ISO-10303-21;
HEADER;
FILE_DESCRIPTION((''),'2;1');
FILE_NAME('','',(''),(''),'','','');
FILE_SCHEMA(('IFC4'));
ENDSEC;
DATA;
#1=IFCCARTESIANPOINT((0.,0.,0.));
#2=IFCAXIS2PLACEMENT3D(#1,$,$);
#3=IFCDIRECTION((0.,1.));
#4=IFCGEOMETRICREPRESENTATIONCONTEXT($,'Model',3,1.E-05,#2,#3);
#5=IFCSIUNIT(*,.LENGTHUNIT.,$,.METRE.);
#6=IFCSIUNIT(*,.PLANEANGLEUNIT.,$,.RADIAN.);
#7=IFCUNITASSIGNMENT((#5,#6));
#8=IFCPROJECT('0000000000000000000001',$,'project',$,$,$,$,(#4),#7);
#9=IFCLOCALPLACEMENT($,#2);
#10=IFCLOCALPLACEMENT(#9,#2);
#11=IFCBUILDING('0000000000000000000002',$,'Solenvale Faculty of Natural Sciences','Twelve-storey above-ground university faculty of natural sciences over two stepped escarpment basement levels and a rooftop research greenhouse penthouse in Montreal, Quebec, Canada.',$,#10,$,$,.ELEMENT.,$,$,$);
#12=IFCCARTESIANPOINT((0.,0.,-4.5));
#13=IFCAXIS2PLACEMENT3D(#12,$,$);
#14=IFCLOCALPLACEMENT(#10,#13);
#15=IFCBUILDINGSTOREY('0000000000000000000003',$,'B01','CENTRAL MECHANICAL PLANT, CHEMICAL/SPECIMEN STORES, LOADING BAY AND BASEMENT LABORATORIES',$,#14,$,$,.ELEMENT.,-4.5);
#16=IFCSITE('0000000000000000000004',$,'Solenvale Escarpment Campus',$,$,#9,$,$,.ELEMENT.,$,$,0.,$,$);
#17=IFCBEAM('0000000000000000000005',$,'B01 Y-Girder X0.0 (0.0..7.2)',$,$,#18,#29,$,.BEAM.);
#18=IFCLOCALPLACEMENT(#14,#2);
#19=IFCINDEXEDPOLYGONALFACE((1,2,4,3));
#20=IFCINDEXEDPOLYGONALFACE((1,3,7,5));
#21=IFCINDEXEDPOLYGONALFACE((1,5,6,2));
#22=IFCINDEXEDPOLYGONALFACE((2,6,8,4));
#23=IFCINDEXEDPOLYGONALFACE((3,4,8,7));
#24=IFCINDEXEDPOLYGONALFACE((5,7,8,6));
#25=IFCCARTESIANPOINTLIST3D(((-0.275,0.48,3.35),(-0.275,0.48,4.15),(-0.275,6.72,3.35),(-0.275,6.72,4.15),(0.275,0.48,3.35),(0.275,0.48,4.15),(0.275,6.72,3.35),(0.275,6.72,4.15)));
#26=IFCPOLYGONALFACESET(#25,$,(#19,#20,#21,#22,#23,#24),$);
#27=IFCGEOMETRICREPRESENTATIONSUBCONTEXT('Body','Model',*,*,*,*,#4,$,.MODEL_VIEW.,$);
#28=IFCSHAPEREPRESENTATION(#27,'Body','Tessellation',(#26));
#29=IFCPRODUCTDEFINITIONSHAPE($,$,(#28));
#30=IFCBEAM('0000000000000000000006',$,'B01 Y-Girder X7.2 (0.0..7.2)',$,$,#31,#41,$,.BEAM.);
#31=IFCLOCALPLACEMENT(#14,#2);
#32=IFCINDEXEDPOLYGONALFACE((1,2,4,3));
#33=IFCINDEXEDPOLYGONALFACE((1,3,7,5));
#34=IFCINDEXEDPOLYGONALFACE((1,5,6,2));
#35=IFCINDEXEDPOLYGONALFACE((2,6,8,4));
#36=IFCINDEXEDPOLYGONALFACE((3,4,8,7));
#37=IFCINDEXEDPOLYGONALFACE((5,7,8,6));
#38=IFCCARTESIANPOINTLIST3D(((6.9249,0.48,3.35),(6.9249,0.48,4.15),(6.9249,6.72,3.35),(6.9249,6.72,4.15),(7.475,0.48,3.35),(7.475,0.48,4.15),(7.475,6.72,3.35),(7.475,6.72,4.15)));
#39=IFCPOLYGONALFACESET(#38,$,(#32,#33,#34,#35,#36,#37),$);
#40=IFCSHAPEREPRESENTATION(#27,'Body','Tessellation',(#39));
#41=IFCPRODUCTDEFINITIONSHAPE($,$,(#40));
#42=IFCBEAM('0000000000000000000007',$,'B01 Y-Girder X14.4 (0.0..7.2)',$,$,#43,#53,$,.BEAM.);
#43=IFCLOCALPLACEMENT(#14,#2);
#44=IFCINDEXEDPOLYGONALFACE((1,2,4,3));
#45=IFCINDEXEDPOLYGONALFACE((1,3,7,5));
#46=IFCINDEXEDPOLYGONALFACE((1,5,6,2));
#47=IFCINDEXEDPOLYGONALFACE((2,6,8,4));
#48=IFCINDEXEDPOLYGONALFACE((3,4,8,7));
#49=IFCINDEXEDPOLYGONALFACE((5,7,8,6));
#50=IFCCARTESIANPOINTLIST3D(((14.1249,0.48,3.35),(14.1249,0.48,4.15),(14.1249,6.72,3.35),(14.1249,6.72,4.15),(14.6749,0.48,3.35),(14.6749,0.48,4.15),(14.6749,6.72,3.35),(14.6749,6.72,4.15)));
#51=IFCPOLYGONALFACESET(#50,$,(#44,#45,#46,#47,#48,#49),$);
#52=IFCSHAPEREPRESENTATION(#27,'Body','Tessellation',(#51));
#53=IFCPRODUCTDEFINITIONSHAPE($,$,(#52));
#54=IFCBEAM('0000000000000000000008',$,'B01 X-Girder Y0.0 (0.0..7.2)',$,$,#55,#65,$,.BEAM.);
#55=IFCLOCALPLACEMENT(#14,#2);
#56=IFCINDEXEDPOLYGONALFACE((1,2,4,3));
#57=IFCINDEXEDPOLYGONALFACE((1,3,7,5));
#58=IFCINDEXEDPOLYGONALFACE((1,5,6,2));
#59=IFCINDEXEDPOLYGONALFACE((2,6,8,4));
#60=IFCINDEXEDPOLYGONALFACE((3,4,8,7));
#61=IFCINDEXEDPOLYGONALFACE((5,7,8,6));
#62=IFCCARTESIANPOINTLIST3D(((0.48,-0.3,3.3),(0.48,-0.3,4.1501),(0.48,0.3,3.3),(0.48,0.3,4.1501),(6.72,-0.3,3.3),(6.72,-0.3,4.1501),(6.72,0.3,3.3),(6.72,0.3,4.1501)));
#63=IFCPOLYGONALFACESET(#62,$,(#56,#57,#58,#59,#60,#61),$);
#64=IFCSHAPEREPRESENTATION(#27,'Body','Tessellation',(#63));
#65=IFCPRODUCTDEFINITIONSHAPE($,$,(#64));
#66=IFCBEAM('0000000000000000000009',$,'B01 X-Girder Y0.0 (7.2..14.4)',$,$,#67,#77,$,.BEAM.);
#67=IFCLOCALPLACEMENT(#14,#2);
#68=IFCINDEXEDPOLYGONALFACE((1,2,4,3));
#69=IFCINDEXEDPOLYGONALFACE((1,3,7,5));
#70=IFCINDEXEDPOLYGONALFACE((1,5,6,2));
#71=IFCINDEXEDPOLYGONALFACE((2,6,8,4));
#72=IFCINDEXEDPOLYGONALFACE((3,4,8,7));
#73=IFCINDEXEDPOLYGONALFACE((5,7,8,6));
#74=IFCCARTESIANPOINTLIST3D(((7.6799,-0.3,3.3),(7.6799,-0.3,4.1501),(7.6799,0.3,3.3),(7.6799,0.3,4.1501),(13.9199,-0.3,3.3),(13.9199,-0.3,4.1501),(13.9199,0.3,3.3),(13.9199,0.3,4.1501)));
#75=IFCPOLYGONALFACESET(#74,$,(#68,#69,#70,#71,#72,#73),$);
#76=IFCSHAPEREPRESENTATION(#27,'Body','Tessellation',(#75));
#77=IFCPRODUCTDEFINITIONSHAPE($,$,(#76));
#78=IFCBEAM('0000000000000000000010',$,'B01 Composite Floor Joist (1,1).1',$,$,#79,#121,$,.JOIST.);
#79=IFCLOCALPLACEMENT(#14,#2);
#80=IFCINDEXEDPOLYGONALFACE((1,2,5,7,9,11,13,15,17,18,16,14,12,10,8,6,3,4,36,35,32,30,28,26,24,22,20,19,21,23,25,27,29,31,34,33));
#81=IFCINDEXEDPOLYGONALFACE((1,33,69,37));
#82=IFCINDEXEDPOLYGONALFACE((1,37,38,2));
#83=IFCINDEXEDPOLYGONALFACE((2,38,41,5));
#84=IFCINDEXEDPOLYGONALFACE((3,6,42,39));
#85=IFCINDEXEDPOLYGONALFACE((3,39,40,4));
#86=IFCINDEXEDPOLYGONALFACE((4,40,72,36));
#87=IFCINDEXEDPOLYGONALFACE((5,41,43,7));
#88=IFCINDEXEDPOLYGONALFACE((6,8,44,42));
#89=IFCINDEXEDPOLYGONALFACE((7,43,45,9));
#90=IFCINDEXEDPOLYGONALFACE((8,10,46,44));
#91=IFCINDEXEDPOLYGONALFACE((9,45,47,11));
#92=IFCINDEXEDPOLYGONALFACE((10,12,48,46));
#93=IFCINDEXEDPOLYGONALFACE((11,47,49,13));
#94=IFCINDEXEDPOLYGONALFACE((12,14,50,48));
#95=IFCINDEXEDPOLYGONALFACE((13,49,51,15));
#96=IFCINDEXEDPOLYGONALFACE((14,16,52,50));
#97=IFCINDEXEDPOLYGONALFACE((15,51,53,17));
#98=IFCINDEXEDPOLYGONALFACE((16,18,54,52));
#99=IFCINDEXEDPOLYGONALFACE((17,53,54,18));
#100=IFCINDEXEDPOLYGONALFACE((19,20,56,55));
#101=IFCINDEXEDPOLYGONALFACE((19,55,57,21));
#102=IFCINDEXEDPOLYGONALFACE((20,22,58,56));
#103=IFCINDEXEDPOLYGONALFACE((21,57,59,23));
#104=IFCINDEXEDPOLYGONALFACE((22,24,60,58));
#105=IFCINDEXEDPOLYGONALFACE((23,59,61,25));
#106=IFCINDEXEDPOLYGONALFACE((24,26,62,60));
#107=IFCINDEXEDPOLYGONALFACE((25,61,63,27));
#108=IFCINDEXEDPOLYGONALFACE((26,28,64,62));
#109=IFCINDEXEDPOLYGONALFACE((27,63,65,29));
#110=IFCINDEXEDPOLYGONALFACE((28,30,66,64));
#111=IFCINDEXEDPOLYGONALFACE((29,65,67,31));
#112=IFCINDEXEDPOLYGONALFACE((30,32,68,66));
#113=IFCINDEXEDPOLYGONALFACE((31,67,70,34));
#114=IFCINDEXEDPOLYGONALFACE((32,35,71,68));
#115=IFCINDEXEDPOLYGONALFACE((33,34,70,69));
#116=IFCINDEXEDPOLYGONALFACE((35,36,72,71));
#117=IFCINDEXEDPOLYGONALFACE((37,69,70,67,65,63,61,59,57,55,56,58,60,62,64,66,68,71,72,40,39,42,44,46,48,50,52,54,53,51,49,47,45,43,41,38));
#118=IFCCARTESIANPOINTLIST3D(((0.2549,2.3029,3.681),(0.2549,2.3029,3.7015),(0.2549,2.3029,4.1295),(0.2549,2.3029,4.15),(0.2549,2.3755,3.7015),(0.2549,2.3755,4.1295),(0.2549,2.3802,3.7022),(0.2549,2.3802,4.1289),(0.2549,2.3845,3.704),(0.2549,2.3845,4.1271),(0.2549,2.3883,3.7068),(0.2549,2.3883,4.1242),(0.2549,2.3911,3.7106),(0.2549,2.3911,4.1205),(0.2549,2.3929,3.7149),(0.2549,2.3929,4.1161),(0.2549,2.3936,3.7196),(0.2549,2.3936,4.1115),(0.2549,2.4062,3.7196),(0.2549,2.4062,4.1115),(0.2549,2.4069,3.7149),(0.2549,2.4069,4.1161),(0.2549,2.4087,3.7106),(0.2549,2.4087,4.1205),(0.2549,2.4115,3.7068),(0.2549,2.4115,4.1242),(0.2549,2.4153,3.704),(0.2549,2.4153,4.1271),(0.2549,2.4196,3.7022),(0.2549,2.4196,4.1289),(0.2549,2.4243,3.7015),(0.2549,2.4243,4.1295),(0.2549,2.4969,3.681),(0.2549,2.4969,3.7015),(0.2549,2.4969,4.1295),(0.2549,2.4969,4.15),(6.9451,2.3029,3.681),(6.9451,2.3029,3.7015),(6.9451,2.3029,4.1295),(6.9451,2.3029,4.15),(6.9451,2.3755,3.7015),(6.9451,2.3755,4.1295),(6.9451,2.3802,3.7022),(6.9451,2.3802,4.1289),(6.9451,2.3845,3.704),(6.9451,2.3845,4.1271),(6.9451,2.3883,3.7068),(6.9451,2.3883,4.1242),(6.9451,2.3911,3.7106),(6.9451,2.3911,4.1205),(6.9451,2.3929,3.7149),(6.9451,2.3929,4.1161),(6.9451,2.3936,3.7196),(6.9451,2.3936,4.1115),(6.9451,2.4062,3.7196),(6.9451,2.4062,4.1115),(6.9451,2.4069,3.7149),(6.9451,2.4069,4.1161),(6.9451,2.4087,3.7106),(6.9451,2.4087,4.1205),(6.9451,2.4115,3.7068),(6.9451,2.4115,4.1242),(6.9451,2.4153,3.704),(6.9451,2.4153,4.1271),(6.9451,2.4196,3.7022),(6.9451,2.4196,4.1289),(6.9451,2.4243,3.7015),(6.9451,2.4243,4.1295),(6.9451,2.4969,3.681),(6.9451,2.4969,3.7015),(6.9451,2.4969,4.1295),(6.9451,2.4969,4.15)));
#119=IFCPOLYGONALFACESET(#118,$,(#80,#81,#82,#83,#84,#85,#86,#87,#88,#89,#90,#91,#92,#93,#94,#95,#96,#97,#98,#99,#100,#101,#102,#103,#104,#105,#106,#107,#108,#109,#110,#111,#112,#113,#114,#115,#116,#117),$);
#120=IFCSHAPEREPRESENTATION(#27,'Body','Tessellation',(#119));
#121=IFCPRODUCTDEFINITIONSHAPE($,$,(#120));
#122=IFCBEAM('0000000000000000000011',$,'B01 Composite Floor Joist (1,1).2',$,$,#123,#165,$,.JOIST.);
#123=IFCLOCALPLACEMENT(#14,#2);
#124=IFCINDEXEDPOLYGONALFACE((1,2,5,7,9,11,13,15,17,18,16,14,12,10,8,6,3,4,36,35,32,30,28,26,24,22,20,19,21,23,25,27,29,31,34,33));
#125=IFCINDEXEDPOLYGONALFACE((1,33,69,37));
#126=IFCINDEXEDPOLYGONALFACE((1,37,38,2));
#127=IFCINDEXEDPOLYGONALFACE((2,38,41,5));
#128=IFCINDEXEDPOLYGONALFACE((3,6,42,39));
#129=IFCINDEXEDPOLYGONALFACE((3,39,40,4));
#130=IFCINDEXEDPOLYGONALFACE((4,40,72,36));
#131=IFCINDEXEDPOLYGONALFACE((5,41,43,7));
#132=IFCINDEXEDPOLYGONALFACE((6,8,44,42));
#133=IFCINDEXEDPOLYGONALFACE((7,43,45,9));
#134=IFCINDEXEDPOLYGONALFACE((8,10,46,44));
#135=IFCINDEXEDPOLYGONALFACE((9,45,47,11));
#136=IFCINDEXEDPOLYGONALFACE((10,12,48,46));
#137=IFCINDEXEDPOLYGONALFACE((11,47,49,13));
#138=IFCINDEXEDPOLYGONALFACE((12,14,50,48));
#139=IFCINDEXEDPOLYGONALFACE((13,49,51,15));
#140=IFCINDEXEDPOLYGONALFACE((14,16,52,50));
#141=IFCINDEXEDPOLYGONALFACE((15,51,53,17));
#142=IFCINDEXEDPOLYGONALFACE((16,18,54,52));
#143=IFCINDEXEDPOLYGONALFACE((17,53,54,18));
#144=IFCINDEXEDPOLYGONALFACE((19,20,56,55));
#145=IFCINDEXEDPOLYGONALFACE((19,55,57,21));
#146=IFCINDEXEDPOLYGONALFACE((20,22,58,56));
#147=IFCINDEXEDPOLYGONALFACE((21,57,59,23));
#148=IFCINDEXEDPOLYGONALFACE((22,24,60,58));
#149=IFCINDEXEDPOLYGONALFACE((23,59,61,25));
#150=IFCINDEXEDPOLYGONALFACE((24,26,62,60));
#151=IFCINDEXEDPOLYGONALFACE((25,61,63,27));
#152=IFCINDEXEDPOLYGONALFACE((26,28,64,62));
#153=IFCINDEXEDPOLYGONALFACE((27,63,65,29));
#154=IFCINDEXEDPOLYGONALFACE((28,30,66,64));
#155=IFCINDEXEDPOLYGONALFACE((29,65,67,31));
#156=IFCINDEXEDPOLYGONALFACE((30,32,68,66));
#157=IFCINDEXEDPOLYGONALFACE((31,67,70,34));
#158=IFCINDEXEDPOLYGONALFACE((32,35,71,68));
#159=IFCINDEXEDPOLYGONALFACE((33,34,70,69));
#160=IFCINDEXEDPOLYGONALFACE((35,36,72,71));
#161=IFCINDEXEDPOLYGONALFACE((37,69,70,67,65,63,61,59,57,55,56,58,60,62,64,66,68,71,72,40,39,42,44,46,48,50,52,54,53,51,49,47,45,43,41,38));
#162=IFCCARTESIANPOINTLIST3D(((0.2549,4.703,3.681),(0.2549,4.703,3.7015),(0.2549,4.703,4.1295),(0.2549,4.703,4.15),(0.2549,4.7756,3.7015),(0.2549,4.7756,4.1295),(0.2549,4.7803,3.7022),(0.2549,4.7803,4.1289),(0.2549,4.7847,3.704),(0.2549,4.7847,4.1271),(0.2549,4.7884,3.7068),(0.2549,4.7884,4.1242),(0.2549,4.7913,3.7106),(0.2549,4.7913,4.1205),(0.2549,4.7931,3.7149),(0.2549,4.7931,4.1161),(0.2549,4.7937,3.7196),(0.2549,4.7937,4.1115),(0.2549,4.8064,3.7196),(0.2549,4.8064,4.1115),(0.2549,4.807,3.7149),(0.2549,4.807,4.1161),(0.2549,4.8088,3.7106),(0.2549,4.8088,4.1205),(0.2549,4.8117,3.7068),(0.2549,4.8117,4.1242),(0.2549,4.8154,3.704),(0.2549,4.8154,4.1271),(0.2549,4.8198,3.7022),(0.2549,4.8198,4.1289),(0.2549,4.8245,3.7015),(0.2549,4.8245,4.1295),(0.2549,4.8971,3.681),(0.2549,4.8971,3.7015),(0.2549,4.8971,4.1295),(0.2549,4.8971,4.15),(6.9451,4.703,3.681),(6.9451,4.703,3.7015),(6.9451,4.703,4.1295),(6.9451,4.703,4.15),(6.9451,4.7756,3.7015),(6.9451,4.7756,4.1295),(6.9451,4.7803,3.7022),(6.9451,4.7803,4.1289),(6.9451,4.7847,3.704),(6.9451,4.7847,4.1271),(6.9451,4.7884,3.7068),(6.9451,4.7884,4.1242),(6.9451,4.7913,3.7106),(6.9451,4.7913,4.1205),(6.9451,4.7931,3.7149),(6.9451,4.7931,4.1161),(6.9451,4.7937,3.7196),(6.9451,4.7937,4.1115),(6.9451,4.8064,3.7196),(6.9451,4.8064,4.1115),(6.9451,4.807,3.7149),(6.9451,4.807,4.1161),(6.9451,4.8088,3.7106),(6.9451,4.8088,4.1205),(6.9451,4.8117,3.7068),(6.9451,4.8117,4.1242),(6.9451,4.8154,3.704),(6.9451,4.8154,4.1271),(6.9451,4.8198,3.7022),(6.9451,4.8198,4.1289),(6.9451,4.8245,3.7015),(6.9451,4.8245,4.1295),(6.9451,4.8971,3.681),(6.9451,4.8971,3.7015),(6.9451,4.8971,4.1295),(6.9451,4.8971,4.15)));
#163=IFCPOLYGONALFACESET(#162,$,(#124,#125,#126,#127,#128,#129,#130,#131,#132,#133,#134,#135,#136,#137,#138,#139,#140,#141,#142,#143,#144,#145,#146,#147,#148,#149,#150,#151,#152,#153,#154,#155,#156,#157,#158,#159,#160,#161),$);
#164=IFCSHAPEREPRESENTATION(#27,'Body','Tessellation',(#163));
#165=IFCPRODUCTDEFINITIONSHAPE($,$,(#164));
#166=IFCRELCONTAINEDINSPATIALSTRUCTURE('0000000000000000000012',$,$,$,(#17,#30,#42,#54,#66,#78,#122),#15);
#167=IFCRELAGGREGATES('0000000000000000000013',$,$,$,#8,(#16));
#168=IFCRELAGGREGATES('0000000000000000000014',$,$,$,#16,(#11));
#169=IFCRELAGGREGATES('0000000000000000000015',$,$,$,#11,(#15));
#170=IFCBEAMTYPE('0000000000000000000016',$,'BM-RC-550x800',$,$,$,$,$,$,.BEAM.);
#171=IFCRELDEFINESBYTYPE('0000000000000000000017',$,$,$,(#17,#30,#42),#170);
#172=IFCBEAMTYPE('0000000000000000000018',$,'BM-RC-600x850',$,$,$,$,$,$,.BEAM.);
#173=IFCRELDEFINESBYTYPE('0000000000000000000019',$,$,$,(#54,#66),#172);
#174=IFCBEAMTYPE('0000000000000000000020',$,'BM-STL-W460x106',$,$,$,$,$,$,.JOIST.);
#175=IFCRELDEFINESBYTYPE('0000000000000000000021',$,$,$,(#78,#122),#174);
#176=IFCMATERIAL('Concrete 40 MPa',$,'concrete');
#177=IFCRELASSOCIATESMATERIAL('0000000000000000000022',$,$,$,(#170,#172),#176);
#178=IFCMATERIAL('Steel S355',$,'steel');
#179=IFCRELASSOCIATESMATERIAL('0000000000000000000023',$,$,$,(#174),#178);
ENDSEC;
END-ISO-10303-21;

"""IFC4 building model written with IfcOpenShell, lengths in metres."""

from ifc_helpers import new_model, si_unit, direction, frame, origin, origin_2d, place, context, subcontext, project, spatial, rectangle, i_section, extrude, material, material_profile, profile_set, type_object, element, save


model = new_model("IFC4")

# Units and contexts
model_context = context("Model", 3, precision=1e-05, world=origin(), true_north=direction((0.0, 1.0)))
body_context = subcontext(model_context, "Body", "Model", "MODEL_VIEW")
ifc_project = project(units=[si_unit("LENGTHUNIT", "METRE"), si_unit("PLANEANGLEUNIT", "RADIAN")], contexts=[model_context])

# Site, building, storey
site_placement = place(None, origin())
site = spatial("IfcSite", under=ifc_project, at=site_placement, Name="Solenvale Escarpment Campus", CompositionType="ELEMENT", RefElevation=0.0)
building_placement = place(site_placement, origin())
building = spatial("IfcBuilding", under=site, at=building_placement, Name="Solenvale Faculty of Natural Sciences", Description="Twelve-storey above-ground university faculty of natural sciences over two stepped escarpment basement levels and a rooftop research greenhouse penthouse in Montreal, Quebec, Canada.", CompositionType="ELEMENT")
storey_placement = place(building_placement, frame((0.0, 0.0, -4.5)))
storey = spatial("IfcBuildingStorey", under=building, at=storey_placement, Name="B01", Description="CENTRAL MECHANICAL PLANT, CHEMICAL/SPECIMEN STORES, LOADING BAY AND BASEMENT LABORATORIES", CompositionType="ELEMENT", Elevation=-4.5)

# Shared definitions
ifc_material_1 = material(Name="Concrete 40 MPa", Category="concrete")

# Beams
ifc_material_profile_1 = material_profile(ifc_material_1, rectangle(XDim=0.55, YDim=0.8, at=origin_2d()), Name="RC-BM-550x800")
ifc_profile_set_1 = profile_set([ifc_material_profile_1], Name="Concrete 40 MPa")
beam_type_1 = type_object("IfcBeamType", Name="BM-RC-550x800", PredefinedType="BEAM", material=ifc_profile_set_1)
for number, where, z_axis, x_axis, name in (
    (1, (0.0, 0.48, 3.75), (0.0, 1.0, 0.0), (-1.0, 0.0, 0.0), "B01 Y-Girder X0.0 (0.0..7.2)"),
    (2, (7.2, 0.48, 3.75), (0.0, 1.0, 0.0), (-1.0, 0.0, 0.0), "B01 Y-Girder X7.2 (0.0..7.2)"),
    (3, (14.3999, 0.48, 3.75), (0.0, 1.0, 0.0), (-1.0, 0.0, 0.0), "B01 Y-Girder X14.4 (0.0..7.2)"),
):
    element("IfcBeam", number, at=place(storey_placement, frame(where, z_axis=z_axis, x_axis=x_axis)), inside=storey, type_object=beam_type_1, Name=name, PredefinedType="BEAM", context=body_context, shape_type="SweptSolid", body=[
        extrude(rectangle(XDim=0.55, YDim=0.8, at=origin_2d()), origin(), (0.0, 0.0, 1.0), 6.24),
    ])
ifc_material_profile_2 = material_profile(ifc_material_1, rectangle(XDim=0.6001, YDim=0.8501, at=origin_2d()), Name="RC-BM-600x850")
ifc_profile_set_2 = profile_set([ifc_material_profile_2], Name="Concrete 40 MPa")
beam_type_2 = type_object("IfcBeamType", Name="BM-RC-600x850", PredefinedType="BEAM", material=ifc_profile_set_2)
for number, where, z_axis, x_axis, name in (
    (4, (0.48, 0.0, 3.7251), (1.0, 0.0, 0.0), (0.0, 1.0, 0.0), "B01 X-Girder Y0.0 (0.0..7.2)"),
    (5, (7.6799, 0.0, 3.7251), (1.0, 0.0, 0.0), (0.0, 1.0, 0.0), "B01 X-Girder Y0.0 (7.2..14.4)"),
):
    element("IfcBeam", number, at=place(storey_placement, frame(where, z_axis=z_axis, x_axis=x_axis)), inside=storey, type_object=beam_type_2, Name=name, PredefinedType="BEAM", context=body_context, shape_type="SweptSolid", body=[
        extrude(rectangle(XDim=0.6001, YDim=0.8501, at=origin_2d()), origin(), (0.0, 0.0, 1.0), 6.24),
    ])
ifc_material_2 = material(Name="Steel S355", Category="steel")
ifc_material_profile_3 = material_profile(ifc_material_2, i_section(OverallWidth=0.1941, OverallDepth=0.469, WebThickness=0.0127, FlangeThickness=0.0205, FilletRadius=0.0181, at=origin_2d()), Name="W460x106")
ifc_profile_set_3 = profile_set([ifc_material_profile_3], Name="Steel S355")
beam_type_3 = type_object("IfcBeamType", Name="BM-STL-W460x106", PredefinedType="JOIST", material=ifc_profile_set_3)
for number, where, z_axis, x_axis, name in (
    (6, (0.2549, 2.3999, 3.9155), (1.0, 0.0, 0.0), (0.0, 1.0, 0.0), "B01 Composite Floor Joist (1,1).1"),
    (7, (0.2549, 4.8, 3.9155), (1.0, 0.0, 0.0), (0.0, 1.0, 0.0), "B01 Composite Floor Joist (1,1).2"),
):
    element("IfcBeam", number, at=place(storey_placement, frame(where, z_axis=z_axis, x_axis=x_axis)), inside=storey, type_object=beam_type_3, Name=name, PredefinedType="JOIST", context=body_context, shape_type="SweptSolid", body=[
        extrude(i_section(OverallWidth=0.1941, OverallDepth=0.469, WebThickness=0.0127, FlangeThickness=0.0205, FilletRadius=0.0181, at=origin_2d()), origin(), (0.0, 0.0, 1.0), 6.6902),
    ])

save(model, "model.ifc")
